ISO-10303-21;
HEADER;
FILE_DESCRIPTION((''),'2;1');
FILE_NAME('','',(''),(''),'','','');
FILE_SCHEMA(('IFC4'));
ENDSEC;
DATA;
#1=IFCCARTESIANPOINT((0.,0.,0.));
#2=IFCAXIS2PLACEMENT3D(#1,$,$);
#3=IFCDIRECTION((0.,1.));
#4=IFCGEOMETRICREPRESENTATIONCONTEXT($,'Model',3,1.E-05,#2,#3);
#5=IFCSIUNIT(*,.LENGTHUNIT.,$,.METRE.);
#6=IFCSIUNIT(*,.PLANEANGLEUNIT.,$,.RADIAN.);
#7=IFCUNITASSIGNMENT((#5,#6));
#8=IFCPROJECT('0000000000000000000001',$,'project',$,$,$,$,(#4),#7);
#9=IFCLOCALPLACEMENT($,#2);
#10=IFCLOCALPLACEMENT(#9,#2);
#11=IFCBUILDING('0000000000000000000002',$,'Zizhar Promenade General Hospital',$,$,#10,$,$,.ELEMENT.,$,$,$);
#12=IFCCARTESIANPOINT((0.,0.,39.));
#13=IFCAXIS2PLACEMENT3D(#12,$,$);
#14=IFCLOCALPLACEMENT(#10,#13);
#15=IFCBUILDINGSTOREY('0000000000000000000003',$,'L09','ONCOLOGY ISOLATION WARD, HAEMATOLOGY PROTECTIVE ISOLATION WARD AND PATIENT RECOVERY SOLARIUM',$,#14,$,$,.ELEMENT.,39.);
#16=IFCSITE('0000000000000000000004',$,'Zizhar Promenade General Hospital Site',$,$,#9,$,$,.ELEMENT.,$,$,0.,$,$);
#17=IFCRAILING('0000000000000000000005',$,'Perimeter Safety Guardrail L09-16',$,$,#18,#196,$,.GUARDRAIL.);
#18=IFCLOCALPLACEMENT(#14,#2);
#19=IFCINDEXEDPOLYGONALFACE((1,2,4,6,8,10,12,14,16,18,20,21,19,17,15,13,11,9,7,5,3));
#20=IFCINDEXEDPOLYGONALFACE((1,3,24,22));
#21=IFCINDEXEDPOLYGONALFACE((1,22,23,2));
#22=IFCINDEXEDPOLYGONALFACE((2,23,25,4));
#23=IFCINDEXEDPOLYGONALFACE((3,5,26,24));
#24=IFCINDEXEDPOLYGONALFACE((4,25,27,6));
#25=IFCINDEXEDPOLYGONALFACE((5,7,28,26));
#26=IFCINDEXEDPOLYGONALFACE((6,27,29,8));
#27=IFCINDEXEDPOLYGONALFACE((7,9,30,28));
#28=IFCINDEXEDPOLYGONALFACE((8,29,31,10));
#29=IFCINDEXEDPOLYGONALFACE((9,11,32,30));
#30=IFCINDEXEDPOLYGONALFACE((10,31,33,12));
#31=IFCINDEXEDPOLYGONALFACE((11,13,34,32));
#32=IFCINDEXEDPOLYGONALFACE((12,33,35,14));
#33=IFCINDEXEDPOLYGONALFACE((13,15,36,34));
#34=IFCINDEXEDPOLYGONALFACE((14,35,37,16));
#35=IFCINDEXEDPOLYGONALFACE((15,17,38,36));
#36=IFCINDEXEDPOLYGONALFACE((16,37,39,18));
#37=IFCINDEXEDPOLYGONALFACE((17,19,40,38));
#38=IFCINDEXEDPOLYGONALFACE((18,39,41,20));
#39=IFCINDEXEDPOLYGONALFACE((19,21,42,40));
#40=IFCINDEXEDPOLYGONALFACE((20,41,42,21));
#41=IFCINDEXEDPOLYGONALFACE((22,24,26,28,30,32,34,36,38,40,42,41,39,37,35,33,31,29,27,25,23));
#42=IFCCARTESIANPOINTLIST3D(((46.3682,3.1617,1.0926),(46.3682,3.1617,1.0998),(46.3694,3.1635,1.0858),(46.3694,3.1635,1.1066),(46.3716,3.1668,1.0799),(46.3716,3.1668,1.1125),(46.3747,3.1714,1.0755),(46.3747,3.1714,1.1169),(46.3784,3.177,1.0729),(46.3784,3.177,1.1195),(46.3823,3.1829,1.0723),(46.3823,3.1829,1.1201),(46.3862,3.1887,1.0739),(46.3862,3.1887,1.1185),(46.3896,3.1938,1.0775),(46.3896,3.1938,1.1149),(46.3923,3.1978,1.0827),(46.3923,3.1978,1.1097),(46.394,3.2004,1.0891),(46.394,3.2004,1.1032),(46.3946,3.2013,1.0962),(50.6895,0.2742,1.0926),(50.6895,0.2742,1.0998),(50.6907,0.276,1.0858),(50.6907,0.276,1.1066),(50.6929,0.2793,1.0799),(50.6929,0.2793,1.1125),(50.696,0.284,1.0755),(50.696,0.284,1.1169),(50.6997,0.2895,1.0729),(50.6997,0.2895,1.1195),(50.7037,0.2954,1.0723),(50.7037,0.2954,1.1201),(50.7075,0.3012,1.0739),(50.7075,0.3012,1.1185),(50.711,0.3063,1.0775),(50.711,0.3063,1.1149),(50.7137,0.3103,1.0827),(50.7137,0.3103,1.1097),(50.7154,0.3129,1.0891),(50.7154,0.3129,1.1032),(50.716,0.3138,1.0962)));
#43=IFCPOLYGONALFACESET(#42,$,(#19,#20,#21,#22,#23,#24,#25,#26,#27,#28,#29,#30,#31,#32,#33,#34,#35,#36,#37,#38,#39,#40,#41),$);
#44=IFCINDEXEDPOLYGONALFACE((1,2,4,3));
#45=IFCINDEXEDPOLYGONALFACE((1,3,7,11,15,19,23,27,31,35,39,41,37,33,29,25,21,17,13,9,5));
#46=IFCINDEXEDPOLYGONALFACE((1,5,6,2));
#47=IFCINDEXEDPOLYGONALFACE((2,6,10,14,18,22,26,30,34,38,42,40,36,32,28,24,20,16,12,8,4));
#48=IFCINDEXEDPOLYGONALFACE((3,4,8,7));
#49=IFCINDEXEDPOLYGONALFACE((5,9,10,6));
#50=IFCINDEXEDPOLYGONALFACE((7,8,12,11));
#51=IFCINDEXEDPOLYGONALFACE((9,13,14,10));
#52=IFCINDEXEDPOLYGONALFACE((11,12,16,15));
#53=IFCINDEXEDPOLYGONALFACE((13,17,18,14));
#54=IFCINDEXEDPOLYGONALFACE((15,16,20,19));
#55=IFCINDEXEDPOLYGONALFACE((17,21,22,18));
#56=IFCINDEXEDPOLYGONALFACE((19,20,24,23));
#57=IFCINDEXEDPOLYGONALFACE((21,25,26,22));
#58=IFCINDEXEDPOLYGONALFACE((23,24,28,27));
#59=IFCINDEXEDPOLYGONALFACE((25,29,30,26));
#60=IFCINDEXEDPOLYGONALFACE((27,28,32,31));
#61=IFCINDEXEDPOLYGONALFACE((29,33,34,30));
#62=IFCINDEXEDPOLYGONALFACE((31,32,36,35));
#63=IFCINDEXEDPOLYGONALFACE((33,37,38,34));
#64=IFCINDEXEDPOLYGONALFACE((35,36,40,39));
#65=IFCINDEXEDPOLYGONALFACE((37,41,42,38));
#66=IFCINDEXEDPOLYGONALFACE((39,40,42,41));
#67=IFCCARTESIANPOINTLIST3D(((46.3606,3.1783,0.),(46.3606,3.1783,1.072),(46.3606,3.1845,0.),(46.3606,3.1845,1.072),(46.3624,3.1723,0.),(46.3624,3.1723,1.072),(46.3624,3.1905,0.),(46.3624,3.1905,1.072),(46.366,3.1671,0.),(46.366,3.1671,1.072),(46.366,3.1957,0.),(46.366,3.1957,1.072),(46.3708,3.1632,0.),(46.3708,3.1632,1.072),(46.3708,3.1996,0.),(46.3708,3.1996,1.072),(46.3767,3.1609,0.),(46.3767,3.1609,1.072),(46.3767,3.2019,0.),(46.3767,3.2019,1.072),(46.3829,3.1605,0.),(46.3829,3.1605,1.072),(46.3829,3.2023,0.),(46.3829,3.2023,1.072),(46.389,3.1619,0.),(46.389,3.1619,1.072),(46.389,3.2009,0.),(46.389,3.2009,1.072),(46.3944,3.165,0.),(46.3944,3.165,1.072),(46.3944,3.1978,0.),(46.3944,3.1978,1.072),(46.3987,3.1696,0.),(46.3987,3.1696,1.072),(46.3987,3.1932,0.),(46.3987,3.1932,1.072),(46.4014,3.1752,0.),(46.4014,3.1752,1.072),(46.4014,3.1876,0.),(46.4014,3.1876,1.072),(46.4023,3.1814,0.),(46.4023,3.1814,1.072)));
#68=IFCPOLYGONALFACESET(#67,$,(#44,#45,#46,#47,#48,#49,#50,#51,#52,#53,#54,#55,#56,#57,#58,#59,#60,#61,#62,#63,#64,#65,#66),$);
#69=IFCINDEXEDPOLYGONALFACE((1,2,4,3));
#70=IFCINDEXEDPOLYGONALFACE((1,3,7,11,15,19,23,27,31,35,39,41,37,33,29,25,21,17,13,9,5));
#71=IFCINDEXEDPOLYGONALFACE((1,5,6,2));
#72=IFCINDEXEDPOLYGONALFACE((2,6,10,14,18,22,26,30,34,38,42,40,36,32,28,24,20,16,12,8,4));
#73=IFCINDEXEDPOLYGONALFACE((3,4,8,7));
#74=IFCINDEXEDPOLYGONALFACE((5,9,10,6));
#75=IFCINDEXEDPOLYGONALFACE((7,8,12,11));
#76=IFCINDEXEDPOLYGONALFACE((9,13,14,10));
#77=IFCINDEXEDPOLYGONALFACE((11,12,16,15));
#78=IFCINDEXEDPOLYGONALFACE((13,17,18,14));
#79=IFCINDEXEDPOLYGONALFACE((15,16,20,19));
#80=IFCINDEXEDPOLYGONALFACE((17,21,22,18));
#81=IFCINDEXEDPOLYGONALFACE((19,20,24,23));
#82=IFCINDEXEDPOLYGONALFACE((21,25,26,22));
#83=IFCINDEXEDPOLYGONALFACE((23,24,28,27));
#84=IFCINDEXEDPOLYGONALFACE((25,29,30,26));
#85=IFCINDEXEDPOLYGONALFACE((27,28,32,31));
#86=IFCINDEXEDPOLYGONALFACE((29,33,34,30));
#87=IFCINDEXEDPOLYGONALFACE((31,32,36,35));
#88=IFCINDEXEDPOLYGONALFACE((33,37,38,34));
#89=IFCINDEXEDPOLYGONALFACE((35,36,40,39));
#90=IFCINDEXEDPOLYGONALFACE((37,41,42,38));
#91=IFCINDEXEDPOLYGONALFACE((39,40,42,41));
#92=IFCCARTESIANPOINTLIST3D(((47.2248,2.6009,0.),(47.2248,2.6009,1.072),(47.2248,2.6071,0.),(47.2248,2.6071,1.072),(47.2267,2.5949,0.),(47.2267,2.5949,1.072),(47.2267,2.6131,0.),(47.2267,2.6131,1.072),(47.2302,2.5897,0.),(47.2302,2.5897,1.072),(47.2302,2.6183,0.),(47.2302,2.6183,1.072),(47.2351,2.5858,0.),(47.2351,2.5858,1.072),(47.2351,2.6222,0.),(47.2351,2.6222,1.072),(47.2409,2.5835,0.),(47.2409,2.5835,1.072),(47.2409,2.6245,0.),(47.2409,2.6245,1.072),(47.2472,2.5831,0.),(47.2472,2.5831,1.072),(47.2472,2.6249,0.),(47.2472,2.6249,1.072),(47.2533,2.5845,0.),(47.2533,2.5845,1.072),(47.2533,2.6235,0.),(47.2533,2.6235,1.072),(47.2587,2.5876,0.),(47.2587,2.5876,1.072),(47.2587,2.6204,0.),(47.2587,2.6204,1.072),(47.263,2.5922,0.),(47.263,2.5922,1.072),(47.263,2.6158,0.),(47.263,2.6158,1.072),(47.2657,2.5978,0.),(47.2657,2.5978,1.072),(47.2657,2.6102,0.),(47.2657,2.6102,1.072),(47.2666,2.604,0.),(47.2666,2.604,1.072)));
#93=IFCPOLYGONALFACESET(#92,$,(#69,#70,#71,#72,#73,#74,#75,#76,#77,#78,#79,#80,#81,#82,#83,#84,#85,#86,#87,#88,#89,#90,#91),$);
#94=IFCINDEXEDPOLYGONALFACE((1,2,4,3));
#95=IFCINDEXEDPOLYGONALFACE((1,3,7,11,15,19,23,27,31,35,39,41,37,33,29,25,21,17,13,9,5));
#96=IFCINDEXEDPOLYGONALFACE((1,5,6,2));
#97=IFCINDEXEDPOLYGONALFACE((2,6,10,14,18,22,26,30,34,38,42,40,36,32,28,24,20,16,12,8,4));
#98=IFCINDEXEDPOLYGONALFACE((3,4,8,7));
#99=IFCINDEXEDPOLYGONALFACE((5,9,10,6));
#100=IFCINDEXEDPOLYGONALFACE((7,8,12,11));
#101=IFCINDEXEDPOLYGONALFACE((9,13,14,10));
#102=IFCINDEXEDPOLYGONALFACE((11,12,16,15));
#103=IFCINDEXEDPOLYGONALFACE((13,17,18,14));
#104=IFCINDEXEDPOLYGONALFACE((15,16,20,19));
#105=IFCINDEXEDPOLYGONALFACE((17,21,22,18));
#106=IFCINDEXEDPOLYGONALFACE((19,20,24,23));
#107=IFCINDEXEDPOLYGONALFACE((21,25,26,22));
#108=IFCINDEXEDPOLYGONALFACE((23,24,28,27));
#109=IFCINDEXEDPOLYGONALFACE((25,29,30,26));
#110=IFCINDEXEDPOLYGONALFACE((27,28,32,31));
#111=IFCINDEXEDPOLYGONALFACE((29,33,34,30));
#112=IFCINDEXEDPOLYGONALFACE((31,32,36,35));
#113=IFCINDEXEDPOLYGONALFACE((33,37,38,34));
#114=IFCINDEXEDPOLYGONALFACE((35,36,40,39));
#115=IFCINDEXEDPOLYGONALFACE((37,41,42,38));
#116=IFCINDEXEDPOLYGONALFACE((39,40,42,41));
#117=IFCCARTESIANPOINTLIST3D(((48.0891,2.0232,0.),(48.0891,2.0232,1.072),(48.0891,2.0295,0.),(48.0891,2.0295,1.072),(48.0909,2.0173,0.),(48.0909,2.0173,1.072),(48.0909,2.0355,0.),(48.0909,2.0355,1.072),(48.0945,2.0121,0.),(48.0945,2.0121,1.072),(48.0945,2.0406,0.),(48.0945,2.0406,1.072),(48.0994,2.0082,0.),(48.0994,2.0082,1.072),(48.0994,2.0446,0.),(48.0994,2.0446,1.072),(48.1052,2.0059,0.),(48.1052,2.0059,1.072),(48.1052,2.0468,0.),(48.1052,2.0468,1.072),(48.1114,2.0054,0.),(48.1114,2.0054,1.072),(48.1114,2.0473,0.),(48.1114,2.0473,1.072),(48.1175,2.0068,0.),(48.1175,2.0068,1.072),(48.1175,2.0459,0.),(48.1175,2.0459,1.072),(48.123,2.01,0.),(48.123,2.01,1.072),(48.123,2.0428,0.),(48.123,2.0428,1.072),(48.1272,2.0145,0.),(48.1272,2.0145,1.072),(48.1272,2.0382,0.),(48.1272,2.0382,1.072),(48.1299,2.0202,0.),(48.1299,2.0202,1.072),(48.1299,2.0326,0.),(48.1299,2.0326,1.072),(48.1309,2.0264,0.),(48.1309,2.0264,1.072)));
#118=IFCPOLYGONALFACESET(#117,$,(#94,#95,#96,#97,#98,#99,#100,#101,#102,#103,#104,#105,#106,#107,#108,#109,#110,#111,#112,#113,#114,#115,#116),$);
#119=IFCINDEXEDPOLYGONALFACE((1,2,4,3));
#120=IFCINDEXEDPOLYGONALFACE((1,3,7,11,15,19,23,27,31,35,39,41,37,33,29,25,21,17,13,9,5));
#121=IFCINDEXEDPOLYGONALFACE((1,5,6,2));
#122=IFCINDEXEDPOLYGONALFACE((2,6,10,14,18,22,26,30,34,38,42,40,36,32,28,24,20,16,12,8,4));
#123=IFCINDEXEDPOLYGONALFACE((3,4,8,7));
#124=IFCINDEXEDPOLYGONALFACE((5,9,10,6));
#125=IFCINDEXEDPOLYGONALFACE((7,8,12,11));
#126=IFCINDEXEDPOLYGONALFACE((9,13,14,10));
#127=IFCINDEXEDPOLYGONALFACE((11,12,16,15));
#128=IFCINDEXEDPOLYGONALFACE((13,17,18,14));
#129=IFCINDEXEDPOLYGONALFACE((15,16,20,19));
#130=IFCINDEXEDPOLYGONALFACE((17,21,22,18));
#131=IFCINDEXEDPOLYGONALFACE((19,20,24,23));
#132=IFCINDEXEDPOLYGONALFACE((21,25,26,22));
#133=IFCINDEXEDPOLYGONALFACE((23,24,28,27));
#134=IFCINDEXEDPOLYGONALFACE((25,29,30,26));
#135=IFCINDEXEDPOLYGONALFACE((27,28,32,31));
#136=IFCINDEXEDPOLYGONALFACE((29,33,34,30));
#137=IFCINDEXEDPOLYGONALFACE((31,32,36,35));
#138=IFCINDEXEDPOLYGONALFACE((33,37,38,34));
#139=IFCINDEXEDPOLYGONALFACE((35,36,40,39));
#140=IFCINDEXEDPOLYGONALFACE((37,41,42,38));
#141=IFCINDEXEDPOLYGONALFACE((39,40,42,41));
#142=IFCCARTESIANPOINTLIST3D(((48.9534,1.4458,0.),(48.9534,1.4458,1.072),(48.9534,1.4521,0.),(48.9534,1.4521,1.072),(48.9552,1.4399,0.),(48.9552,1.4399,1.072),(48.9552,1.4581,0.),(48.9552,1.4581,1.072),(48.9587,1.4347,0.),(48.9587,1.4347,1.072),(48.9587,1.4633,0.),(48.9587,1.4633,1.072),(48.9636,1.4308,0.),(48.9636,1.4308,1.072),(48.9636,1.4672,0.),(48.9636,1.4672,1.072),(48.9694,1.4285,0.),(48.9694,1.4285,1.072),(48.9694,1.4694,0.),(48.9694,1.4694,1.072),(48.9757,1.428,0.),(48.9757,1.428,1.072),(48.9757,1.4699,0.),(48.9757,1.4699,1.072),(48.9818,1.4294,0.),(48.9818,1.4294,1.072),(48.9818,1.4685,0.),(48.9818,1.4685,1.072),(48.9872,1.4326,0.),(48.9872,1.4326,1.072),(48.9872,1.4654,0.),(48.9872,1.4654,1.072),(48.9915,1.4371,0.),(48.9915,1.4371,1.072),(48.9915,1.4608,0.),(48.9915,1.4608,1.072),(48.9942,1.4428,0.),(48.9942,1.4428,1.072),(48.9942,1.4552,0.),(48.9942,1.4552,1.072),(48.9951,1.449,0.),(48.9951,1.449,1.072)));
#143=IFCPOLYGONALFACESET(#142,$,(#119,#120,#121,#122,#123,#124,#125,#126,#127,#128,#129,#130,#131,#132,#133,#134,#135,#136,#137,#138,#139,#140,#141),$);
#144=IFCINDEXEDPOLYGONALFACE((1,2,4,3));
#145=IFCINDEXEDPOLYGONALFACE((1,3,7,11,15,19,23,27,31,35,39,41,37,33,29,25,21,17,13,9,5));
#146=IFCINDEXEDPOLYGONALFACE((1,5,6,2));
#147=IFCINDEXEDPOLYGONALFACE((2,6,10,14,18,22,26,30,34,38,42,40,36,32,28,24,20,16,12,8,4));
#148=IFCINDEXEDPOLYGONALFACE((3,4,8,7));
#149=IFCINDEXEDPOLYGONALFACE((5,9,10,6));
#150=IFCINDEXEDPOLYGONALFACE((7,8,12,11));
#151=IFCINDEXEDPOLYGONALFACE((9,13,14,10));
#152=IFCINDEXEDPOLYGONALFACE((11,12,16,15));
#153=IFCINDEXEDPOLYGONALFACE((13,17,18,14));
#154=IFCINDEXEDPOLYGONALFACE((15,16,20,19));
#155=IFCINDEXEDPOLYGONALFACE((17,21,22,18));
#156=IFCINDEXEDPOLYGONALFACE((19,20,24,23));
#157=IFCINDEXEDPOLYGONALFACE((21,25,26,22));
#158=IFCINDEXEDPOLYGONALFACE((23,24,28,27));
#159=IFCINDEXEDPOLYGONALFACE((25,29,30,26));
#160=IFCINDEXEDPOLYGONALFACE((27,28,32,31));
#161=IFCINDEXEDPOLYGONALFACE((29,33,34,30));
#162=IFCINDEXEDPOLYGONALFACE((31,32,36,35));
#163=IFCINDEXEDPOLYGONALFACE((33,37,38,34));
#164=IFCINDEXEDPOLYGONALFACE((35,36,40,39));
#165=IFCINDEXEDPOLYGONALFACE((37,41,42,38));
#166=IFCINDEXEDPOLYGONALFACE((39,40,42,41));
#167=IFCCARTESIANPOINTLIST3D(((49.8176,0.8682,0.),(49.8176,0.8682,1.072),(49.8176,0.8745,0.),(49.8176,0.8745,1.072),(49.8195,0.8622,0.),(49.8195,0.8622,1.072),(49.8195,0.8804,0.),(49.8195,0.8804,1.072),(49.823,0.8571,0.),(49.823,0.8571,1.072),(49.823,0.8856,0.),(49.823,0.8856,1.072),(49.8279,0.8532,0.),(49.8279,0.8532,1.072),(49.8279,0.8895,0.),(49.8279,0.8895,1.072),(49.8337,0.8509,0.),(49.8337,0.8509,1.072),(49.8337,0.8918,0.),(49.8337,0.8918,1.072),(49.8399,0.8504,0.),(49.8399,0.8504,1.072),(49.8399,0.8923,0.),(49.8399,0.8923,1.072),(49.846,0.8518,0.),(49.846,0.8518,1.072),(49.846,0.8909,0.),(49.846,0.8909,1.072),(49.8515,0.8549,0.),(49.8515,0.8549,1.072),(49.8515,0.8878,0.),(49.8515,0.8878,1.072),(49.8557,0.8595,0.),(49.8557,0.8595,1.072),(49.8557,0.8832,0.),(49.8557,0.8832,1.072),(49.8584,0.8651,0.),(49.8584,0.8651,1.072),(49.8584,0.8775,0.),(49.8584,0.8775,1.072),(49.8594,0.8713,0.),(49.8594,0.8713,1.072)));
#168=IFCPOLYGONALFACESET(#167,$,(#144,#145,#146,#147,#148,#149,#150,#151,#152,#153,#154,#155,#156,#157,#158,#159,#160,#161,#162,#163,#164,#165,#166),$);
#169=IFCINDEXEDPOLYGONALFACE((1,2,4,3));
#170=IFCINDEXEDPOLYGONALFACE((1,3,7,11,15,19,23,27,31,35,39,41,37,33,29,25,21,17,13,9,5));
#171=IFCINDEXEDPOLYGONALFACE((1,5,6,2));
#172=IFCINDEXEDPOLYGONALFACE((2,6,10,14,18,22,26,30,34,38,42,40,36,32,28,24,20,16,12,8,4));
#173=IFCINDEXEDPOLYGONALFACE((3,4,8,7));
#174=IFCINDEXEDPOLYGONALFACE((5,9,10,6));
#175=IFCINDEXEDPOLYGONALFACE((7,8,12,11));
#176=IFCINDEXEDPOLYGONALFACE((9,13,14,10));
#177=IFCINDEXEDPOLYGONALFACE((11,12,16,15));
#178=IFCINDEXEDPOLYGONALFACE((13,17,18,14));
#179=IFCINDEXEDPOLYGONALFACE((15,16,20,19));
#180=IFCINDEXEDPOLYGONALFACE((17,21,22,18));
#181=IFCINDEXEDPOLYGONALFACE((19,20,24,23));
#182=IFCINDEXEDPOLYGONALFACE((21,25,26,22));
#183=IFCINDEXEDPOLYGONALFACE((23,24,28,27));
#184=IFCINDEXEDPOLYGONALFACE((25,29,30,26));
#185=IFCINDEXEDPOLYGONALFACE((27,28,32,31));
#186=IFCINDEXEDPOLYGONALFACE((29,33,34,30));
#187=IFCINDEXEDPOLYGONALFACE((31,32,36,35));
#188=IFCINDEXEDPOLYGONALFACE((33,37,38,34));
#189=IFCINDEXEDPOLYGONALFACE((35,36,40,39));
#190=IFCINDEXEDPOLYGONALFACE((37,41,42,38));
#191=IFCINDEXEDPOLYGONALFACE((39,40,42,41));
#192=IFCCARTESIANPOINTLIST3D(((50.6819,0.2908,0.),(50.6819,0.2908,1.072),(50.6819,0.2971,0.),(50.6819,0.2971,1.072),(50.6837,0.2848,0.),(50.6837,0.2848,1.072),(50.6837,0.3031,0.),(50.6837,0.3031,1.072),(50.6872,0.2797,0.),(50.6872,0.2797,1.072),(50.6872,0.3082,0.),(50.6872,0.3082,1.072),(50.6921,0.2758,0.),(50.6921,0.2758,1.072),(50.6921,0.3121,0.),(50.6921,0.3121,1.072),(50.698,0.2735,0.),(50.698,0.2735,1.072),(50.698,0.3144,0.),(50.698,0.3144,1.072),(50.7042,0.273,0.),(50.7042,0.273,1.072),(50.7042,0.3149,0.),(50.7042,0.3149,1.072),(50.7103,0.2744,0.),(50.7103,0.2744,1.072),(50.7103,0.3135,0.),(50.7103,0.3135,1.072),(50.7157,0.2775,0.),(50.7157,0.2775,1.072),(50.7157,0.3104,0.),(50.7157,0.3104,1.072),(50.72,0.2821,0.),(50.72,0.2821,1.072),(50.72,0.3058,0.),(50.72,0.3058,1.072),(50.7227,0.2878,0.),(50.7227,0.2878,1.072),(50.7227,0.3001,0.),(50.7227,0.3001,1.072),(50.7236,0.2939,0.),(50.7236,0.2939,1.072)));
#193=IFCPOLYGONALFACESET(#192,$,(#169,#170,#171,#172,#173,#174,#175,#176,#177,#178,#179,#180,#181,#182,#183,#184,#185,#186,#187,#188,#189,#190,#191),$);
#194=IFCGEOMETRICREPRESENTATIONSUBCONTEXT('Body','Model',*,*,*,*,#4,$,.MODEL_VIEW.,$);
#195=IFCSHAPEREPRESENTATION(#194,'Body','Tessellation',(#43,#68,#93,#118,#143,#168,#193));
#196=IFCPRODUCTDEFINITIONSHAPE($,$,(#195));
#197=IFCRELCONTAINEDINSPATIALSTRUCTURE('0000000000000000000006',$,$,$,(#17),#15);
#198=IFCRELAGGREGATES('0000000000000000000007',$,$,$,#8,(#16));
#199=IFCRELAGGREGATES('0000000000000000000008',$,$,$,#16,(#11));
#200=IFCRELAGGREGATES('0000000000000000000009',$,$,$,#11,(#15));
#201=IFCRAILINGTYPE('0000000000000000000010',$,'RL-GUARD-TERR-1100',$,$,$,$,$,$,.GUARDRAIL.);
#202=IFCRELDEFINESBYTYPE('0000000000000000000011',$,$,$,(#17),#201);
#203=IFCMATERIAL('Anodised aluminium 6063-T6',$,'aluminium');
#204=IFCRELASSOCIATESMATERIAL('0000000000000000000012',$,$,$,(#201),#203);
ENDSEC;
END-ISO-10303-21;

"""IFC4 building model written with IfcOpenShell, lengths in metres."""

from ifc_helpers import new_model, si_unit, direction, frame, origin, origin_2d, place, context, subcontext, project, spatial, circle, hollow_circle, extrude, material, material_profile, profile_set, type_object, element, save


model = new_model("IFC4")

# Units and contexts
model_context = context("Model", 3, precision=1e-05, world=origin(), true_north=direction((0.0, 1.0)))
body_context = subcontext(model_context, "Body", "Model", "MODEL_VIEW")
ifc_project = project(units=[si_unit("LENGTHUNIT", "METRE"), si_unit("PLANEANGLEUNIT", "RADIAN")], contexts=[model_context])

# Site, building, storey
site_placement = place(None, origin())
site = spatial("IfcSite", under=ifc_project, at=site_placement, Name="Zizhar Promenade General Hospital Site", CompositionType="ELEMENT", RefElevation=0.0)
building_placement = place(site_placement, origin())
building = spatial("IfcBuilding", under=site, at=building_placement, Name="Zizhar Promenade General Hospital", CompositionType="ELEMENT")
storey_placement = place(building_placement, frame((0.0, 0.0, 39.0)))
storey = spatial("IfcBuildingStorey", under=building, at=storey_placement, Name="L09", Description="ONCOLOGY ISOLATION WARD, HAEMATOLOGY PROTECTIVE ISOLATION WARD AND PATIENT RECOVERY SOLARIUM", CompositionType="ELEMENT", Elevation=39.0)

# Railing
ifc_material_1 = material(Name="Anodised aluminium 6063-T6", Category="aluminium")
ifc_material_profile_1 = material_profile(ifc_material_1, hollow_circle(Radius=0.0698, WallThickness=0.0063, at=origin_2d()))
ifc_profile_set_1 = profile_set([ifc_material_profile_1], Name="Anodised aluminium 6063-T6")
railing_type_1 = type_object("IfcRailingType", Name="RL-GUARD-TERR-1100", PredefinedType="GUARDRAIL", material=ifc_profile_set_1)
railing_1_placement = place(storey_placement, frame((46.3813, 3.1814, 0.0)))
element("IfcRailing", 1, at=railing_1_placement, inside=storey, type_object=railing_type_1, Name="Perimeter Safety Guardrail L09-16", PredefinedType="GUARDRAIL", context=body_context, shape_type="SweptSolid", body=[
    extrude(circle(Radius=0.0239, at=origin_2d()), frame((0.0, 0.0, 1.0962), z_axis=(0.831464, -0.555578, 0.0), x_axis=(0.555578, 0.831464, 0.0)), (0.0, 0.0, 1.0), 5.1973),
    extrude(circle(Radius=0.021, at=origin_2d()), origin(), (0.0, 0.0, 1.0), 1.072),
    extrude(circle(Radius=0.021, at=origin_2d()), frame((0.8643, -0.5774, 0.0)), (0.0, 0.0, 1.0), 1.072),
    extrude(circle(Radius=0.021, at=origin_2d()), frame((1.7285, -1.155, 0.0)), (0.0, 0.0, 1.0), 1.072),
    extrude(circle(Radius=0.021, at=origin_2d()), frame((2.5928, -1.7324, 0.0)), (0.0, 0.0, 1.0), 1.072),
    extrude(circle(Radius=0.021, at=origin_2d()), frame((3.457, -2.3101, 0.0)), (0.0, 0.0, 1.0), 1.072),
    extrude(circle(Radius=0.021, at=origin_2d()), frame((4.3213, -2.8875, 0.0)), (0.0, 0.0, 1.0), 1.072),
])

save(model, "model.ifc")
